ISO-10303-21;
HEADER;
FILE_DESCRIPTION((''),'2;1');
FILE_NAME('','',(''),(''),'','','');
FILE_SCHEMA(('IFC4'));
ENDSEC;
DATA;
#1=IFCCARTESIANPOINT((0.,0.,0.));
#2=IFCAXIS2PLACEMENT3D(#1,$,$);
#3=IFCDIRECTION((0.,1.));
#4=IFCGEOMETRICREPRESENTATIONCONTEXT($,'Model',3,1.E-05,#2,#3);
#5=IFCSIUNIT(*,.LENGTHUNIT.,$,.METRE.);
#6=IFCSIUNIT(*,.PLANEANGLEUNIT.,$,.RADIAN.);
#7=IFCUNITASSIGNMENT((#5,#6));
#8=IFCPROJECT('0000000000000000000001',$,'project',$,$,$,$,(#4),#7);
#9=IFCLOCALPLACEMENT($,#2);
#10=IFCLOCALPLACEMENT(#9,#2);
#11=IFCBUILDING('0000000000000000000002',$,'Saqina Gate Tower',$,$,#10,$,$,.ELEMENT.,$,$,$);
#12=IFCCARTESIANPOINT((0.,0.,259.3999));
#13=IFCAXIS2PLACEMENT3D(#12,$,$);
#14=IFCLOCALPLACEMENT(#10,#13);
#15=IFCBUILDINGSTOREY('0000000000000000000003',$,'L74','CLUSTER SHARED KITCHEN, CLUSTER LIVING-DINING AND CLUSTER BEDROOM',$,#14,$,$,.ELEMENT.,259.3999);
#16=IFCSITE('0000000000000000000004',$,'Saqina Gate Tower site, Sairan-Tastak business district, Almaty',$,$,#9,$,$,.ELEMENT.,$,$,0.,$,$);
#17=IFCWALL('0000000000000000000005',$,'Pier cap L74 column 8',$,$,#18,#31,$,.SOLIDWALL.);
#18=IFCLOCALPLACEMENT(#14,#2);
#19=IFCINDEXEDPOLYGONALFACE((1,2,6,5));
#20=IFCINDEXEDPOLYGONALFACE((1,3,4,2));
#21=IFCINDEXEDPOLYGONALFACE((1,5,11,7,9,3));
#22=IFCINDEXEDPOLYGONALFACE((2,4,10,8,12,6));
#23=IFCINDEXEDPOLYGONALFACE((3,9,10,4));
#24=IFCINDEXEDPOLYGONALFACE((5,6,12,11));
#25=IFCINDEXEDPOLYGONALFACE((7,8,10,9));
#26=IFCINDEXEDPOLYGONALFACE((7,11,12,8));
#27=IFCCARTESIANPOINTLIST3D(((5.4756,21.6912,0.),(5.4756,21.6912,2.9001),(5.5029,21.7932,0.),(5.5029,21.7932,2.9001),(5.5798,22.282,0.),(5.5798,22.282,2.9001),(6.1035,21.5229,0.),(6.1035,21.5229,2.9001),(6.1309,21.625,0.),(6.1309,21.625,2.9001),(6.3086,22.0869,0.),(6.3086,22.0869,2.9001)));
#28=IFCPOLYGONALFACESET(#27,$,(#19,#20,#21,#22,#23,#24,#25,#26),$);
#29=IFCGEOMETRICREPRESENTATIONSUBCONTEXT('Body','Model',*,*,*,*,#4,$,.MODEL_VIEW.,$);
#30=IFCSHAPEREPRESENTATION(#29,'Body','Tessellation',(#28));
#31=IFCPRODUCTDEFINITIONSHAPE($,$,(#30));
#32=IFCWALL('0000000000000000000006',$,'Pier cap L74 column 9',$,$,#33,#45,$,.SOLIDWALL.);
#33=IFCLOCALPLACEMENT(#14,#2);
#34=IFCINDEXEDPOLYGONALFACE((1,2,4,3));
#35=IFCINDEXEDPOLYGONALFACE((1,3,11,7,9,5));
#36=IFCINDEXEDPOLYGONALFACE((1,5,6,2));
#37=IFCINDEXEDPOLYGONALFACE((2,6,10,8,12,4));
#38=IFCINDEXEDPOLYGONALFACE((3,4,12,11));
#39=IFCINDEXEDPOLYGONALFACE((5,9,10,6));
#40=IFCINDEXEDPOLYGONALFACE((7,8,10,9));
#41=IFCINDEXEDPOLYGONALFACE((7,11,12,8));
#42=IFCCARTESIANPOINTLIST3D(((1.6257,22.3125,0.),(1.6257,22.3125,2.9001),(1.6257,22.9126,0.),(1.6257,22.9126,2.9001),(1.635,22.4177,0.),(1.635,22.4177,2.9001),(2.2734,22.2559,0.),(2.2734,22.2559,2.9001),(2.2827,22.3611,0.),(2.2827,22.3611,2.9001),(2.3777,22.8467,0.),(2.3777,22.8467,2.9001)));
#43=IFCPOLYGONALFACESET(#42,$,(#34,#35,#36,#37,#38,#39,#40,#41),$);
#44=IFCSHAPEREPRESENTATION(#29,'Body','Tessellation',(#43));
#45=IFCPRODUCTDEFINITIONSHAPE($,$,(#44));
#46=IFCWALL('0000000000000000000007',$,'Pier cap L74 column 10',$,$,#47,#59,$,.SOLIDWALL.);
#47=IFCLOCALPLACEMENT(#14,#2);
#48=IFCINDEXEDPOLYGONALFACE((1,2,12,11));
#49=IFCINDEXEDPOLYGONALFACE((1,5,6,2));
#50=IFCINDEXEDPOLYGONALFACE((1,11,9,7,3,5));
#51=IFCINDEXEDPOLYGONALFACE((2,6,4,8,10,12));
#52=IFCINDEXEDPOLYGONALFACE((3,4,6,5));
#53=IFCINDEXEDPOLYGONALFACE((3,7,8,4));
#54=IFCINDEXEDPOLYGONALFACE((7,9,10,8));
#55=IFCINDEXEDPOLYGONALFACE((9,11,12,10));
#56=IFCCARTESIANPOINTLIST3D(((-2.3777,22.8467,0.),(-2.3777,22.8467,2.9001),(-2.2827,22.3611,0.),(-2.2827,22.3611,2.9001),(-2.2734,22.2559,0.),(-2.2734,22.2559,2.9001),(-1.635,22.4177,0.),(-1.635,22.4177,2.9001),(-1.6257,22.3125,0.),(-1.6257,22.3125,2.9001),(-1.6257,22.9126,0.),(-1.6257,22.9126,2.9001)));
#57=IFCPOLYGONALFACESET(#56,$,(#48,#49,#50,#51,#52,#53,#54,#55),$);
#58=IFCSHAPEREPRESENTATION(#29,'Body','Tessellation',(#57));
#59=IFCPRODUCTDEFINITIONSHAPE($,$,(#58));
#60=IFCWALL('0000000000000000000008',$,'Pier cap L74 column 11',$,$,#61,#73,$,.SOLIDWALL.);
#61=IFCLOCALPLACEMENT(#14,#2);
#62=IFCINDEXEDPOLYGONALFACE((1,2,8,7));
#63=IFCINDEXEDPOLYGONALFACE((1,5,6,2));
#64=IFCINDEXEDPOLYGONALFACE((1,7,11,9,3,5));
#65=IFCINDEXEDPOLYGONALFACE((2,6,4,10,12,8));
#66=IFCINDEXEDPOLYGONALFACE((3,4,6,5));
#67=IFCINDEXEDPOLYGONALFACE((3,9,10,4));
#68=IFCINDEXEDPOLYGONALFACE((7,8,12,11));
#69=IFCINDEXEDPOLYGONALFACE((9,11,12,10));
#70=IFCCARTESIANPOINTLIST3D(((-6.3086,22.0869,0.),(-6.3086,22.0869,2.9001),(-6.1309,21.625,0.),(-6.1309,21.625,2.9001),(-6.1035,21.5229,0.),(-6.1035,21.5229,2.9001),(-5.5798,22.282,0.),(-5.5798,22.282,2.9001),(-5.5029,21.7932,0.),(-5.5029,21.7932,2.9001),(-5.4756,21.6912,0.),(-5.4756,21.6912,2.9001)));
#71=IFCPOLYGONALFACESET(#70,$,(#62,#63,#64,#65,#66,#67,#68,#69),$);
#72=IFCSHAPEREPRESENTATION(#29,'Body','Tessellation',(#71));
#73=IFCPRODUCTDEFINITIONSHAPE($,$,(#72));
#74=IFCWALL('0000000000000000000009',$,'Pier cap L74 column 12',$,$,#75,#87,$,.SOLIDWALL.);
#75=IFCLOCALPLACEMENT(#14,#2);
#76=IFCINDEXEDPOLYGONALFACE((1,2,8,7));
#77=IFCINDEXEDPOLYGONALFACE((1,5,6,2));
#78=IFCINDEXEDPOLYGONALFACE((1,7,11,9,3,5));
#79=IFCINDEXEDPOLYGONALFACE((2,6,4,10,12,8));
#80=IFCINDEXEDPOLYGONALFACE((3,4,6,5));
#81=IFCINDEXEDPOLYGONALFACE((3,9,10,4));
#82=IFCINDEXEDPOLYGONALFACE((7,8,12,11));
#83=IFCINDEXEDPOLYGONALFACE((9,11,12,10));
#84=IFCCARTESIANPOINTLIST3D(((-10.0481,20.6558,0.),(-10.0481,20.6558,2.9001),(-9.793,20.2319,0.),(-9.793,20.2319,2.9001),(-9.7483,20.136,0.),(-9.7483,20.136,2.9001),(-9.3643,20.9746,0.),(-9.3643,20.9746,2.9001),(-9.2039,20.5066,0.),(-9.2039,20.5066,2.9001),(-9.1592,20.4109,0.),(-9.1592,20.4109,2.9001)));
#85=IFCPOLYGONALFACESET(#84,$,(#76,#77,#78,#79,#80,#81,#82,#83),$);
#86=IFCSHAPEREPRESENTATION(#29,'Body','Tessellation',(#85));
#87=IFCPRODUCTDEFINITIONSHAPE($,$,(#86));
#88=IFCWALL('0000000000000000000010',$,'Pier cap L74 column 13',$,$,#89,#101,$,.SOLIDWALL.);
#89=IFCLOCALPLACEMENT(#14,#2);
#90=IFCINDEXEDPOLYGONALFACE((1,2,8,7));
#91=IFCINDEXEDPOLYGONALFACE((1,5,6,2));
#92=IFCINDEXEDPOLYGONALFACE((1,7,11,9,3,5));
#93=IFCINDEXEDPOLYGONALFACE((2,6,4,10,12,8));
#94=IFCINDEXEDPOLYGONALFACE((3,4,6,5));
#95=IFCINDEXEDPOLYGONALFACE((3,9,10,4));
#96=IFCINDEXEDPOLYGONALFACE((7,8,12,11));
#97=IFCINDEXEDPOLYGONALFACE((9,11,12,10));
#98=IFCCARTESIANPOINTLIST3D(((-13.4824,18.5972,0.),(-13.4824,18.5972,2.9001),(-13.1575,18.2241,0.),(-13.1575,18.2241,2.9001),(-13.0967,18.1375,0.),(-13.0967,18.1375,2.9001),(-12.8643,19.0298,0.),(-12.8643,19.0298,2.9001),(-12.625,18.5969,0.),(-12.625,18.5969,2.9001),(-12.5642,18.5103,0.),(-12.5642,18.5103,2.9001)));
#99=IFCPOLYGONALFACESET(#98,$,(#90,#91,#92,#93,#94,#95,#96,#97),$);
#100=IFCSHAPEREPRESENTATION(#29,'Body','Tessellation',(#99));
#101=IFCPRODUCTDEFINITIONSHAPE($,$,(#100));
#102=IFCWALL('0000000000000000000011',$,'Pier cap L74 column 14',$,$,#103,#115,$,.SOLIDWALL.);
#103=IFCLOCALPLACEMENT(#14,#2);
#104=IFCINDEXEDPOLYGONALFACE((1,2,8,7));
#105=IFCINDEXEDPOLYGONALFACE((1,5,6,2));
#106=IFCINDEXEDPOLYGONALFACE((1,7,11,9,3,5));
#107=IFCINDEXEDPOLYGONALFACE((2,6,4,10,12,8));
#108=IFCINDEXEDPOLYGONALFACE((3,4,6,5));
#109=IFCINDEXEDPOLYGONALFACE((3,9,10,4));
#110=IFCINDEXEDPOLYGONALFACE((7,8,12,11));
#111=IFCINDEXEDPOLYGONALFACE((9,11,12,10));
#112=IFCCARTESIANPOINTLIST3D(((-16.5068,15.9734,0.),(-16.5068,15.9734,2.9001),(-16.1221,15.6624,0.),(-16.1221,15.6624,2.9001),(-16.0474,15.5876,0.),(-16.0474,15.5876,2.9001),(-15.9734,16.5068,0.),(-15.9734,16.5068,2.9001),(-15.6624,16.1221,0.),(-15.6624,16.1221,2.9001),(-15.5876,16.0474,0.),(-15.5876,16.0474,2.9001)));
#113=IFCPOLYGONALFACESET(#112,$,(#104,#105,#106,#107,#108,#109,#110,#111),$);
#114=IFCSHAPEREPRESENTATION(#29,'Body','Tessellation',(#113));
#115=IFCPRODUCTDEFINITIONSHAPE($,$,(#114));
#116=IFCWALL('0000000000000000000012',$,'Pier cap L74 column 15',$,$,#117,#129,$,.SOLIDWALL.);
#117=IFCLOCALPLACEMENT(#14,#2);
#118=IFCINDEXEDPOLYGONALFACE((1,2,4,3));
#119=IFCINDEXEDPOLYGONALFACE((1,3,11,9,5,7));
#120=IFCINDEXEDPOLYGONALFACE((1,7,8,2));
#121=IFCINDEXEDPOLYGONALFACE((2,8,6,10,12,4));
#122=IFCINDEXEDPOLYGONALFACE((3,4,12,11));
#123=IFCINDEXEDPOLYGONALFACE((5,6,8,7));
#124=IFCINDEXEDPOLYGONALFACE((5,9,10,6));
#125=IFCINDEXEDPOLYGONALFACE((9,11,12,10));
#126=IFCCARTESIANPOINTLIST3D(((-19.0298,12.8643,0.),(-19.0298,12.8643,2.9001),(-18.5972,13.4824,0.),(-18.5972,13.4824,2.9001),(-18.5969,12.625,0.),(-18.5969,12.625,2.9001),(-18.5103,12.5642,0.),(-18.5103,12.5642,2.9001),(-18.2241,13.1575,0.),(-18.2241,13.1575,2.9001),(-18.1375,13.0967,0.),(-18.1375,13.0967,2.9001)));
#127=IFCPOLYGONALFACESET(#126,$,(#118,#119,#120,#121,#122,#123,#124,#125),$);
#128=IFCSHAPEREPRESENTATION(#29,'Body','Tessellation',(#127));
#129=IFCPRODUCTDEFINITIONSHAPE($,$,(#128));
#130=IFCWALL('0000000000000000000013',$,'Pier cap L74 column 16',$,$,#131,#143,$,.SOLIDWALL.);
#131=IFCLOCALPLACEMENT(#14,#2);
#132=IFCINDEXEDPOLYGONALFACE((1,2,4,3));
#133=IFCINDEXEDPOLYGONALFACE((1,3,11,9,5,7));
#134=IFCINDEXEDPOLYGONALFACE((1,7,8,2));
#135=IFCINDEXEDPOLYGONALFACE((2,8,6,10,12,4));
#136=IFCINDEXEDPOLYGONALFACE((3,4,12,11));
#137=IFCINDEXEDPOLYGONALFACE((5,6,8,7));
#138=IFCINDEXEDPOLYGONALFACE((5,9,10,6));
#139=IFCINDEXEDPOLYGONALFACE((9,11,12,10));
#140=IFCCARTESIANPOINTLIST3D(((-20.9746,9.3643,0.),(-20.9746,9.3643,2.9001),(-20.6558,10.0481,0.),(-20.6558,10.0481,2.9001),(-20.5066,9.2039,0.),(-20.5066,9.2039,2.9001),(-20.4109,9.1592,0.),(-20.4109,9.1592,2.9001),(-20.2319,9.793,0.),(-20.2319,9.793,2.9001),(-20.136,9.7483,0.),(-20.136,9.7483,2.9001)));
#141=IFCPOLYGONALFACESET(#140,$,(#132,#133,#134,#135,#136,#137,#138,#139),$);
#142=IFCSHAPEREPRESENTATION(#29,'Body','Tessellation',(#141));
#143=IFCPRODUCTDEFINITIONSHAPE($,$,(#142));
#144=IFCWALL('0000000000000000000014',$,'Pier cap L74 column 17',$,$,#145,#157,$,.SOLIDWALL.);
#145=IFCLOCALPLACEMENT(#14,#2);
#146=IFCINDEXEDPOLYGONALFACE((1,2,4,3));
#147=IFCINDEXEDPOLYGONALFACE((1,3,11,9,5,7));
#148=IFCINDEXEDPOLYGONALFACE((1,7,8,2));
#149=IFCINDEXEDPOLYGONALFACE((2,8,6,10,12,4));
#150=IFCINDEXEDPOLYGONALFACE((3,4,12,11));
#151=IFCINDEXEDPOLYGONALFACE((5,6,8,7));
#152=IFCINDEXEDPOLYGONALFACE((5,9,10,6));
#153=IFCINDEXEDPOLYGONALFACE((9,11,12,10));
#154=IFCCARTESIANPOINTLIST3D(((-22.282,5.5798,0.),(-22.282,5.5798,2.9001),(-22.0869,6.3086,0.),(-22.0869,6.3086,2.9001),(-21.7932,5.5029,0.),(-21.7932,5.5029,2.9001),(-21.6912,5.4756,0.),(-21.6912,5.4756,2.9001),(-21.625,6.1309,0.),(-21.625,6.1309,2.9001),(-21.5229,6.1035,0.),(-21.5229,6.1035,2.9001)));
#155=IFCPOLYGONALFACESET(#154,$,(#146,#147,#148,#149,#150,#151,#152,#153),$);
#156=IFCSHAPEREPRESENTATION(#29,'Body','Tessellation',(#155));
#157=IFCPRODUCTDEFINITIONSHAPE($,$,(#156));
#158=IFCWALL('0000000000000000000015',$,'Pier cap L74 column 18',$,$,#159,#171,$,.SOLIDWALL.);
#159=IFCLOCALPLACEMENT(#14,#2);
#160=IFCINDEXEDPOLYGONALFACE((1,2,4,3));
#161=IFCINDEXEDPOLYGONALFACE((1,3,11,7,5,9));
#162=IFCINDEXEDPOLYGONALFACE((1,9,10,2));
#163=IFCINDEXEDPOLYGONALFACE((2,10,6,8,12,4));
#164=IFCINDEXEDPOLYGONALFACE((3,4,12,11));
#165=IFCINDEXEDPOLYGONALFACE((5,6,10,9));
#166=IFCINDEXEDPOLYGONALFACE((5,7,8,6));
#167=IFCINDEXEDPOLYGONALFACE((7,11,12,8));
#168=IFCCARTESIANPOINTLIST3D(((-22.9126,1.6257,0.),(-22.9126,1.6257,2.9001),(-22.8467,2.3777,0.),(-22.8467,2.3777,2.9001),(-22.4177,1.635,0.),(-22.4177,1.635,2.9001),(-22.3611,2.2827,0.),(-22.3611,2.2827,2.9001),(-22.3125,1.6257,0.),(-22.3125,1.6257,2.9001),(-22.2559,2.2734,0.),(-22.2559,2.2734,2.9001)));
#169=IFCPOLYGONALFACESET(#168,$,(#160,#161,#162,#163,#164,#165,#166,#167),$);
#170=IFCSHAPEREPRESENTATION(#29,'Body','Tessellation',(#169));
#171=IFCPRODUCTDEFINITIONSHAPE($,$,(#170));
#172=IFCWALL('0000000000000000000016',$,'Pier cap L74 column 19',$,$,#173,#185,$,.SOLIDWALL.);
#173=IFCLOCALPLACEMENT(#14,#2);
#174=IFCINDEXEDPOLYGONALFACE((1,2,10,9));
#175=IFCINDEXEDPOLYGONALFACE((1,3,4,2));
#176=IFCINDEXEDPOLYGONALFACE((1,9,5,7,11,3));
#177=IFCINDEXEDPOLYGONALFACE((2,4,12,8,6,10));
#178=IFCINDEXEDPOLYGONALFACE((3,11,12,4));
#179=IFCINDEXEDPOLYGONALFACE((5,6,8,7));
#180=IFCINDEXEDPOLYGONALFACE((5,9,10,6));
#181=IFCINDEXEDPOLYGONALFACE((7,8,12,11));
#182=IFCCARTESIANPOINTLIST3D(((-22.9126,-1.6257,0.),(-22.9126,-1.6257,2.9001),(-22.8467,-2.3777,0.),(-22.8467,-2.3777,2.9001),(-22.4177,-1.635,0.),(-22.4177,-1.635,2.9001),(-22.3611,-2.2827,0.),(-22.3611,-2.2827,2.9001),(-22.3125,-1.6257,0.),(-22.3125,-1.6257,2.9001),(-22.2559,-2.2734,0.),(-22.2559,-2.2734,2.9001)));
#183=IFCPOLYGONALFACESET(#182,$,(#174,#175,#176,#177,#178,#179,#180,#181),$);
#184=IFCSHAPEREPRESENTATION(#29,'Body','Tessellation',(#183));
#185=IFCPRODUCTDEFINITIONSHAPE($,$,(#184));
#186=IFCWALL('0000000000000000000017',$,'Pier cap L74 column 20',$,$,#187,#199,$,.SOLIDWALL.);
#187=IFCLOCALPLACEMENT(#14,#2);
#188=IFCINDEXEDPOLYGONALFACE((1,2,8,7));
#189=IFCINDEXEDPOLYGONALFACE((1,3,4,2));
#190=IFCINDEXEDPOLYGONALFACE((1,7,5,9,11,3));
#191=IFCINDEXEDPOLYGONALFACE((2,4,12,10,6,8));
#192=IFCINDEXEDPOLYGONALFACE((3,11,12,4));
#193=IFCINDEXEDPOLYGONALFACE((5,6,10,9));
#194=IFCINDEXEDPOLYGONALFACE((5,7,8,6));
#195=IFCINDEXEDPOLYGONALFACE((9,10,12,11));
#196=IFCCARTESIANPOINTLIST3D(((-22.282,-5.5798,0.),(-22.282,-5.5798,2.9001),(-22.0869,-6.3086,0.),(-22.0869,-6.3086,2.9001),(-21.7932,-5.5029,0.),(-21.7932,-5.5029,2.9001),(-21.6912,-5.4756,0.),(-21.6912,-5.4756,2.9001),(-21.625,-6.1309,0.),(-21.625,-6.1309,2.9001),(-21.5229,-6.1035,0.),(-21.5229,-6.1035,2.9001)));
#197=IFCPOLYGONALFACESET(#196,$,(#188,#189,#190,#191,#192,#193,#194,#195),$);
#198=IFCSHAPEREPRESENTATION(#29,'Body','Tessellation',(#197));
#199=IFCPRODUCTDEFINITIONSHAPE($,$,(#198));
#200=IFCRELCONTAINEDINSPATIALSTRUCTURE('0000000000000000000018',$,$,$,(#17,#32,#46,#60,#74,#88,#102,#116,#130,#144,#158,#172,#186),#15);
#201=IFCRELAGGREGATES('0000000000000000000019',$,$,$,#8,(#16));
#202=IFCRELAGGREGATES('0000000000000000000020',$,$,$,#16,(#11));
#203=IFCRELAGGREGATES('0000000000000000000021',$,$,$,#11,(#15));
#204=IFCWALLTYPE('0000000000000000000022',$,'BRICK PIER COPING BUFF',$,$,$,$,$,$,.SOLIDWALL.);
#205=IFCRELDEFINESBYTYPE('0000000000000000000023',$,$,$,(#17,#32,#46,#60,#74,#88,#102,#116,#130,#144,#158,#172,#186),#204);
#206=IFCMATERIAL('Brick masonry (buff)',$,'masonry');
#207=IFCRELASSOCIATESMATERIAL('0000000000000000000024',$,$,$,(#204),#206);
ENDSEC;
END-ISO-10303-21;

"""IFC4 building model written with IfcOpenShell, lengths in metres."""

from ifc_helpers import new_model, si_unit, direction, frame, origin, place, context, subcontext, project, spatial, polyline, outline, extrude, material, type_object, element, save


model = new_model("IFC4")

# Units and contexts
model_context = context("Model", 3, precision=1e-05, world=origin(), true_north=direction((0.0, 1.0)))
body_context = subcontext(model_context, "Body", "Model", "MODEL_VIEW")
ifc_project = project(units=[si_unit("LENGTHUNIT", "METRE"), si_unit("PLANEANGLEUNIT", "RADIAN")], contexts=[model_context])

# Site, building, storey
site_placement = place(None, origin())
site = spatial("IfcSite", under=ifc_project, at=site_placement, Name="Saqina Gate Tower site, Sairan-Tastak business district, Almaty", CompositionType="ELEMENT", RefElevation=0.0)
building_placement = place(site_placement, origin())
building = spatial("IfcBuilding", under=site, at=building_placement, Name="Saqina Gate Tower", CompositionType="ELEMENT")
storey_placement = place(building_placement, frame((0.0, 0.0, 259.3999)))
storey = spatial("IfcBuildingStorey", under=building, at=storey_placement, Name="L74", Description="CLUSTER SHARED KITCHEN, CLUSTER LIVING-DINING AND CLUSTER BEDROOM", CompositionType="ELEMENT", Elevation=259.3999)

# Walls
ifc_material = material(Name="Brick masonry (buff)", Category="masonry")
wall_type = type_object("IfcWallType", Name="BRICK PIER COPING BUFF", PredefinedType="SOLIDWALL", material=ifc_material)
wall_1_placement = place(storey_placement, origin())
element("IfcWall", 1, at=wall_1_placement, inside=storey, type_object=wall_type, Name="Pier cap L74 column 8", PredefinedType="SOLIDWALL", context=body_context, shape_type="SweptSolid", body=[
    extrude(outline(polyline([(5.5798, 22.282), (5.4756, 21.6912), (5.5029, 21.7932), (6.1309, 21.625), (6.1035, 21.5229), (6.3086, 22.0869), (5.5798, 22.282)])), origin(), (0.0, 0.0, 1.0), 2.9001),
])
wall_2_placement = place(storey_placement, origin())
element("IfcWall", 2, at=wall_2_placement, inside=storey, type_object=wall_type, Name="Pier cap L74 column 9", PredefinedType="SOLIDWALL", context=body_context, shape_type="SweptSolid", body=[
    extrude(outline(polyline([(2.3777, 22.8467), (1.6257, 22.9126), (1.6257, 22.3125), (1.635, 22.4177), (2.2827, 22.3611), (2.2734, 22.2559), (2.3777, 22.8467)])), origin(), (0.0, 0.0, 1.0), 2.9001),
])
wall_3_placement = place(storey_placement, origin())
element("IfcWall", 3, at=wall_3_placement, inside=storey, type_object=wall_type, Name="Pier cap L74 column 10", PredefinedType="SOLIDWALL", context=body_context, shape_type="SweptSolid", body=[
    extrude(outline(polyline([(-1.6257, 22.9126), (-2.3777, 22.8467), (-2.2734, 22.2559), (-2.2827, 22.3611), (-1.635, 22.4177), (-1.6257, 22.3125), (-1.6257, 22.9126)])), origin(), (0.0, 0.0, 1.0), 2.9001),
])
wall_4_placement = place(storey_placement, origin())
element("IfcWall", 4, at=wall_4_placement, inside=storey, type_object=wall_type, Name="Pier cap L74 column 11", PredefinedType="SOLIDWALL", context=body_context, shape_type="SweptSolid", body=[
    extrude(outline(polyline([(-6.3086, 22.0869), (-6.1035, 21.5229), (-6.1309, 21.625), (-5.5029, 21.7932), (-5.4756, 21.6912), (-5.5798, 22.282), (-6.3086, 22.0869)])), origin(), (0.0, 0.0, 1.0), 2.9001),
])
wall_5_placement = place(storey_placement, origin())
element("IfcWall", 5, at=wall_5_placement, inside=storey, type_object=wall_type, Name="Pier cap L74 column 12", PredefinedType="SOLIDWALL", context=body_context, shape_type="SweptSolid", body=[
    extrude(outline(polyline([(-9.3643, 20.9746), (-10.0481, 20.6558), (-9.7483, 20.136), (-9.793, 20.2319), (-9.2039, 20.5066), (-9.1592, 20.4109), (-9.3643, 20.9746)])), origin(), (0.0, 0.0, 1.0), 2.9001),
])
wall_6_placement = place(storey_placement, origin())
element("IfcWall", 6, at=wall_6_placement, inside=storey, type_object=wall_type, Name="Pier cap L74 column 13", PredefinedType="SOLIDWALL", context=body_context, shape_type="SweptSolid", body=[
    extrude(outline(polyline([(-12.8643, 19.0298), (-13.4824, 18.5972), (-13.0967, 18.1375), (-13.1575, 18.2241), (-12.625, 18.5969), (-12.5642, 18.5103), (-12.8643, 19.0298)])), origin(), (0.0, 0.0, 1.0), 2.9001),
])
wall_7_placement = place(storey_placement, origin())
element("IfcWall", 7, at=wall_7_placement, inside=storey, type_object=wall_type, Name="Pier cap L74 column 14", PredefinedType="SOLIDWALL", context=body_context, shape_type="SweptSolid", body=[
    extrude(outline(polyline([(-16.5068, 15.9734), (-16.0474, 15.5876), (-16.1221, 15.6624), (-15.6624, 16.1221), (-15.5876, 16.0474), (-15.9734, 16.5068), (-16.5068, 15.9734)])), origin(), (0.0, 0.0, 1.0), 2.9001),
])
wall_8_placement = place(storey_placement, origin())
element("IfcWall", 8, at=wall_8_placement, inside=storey, type_object=wall_type, Name="Pier cap L74 column 15", PredefinedType="SOLIDWALL", context=body_context, shape_type="SweptSolid", body=[
    extrude(outline(polyline([(-19.0298, 12.8643), (-18.5103, 12.5642), (-18.5969, 12.625), (-18.2241, 13.1575), (-18.1375, 13.0967), (-18.5972, 13.4824), (-19.0298, 12.8643)])), origin(), (0.0, 0.0, 1.0), 2.9001),
])
wall_9_placement = place(storey_placement, origin())
element("IfcWall", 9, at=wall_9_placement, inside=storey, type_object=wall_type, Name="Pier cap L74 column 16", PredefinedType="SOLIDWALL", context=body_context, shape_type="SweptSolid", body=[
    extrude(outline(polyline([(-20.6558, 10.0481), (-20.9746, 9.3643), (-20.4109, 9.1592), (-20.5066, 9.2039), (-20.2319, 9.793), (-20.136, 9.7483), (-20.6558, 10.0481)])), origin(), (0.0, 0.0, 1.0), 2.9001),
])
wall_10_placement = place(storey_placement, origin())
element("IfcWall", 10, at=wall_10_placement, inside=storey, type_object=wall_type, Name="Pier cap L74 column 17", PredefinedType="SOLIDWALL", context=body_context, shape_type="SweptSolid", body=[
    extrude(outline(polyline([(-22.282, 5.5798), (-21.6912, 5.4756), (-21.7932, 5.5029), (-21.625, 6.1309), (-21.5229, 6.1035), (-22.0869, 6.3086), (-22.282, 5.5798)])), origin(), (0.0, 0.0, 1.0), 2.9001),
])
wall_11_placement = place(storey_placement, origin())
element("IfcWall", 11, at=wall_11_placement, inside=storey, type_object=wall_type, Name="Pier cap L74 column 18", PredefinedType="SOLIDWALL", context=body_context, shape_type="SweptSolid", body=[
    extrude(outline(polyline([(-22.8467, 2.3777), (-22.9126, 1.6257), (-22.3125, 1.6257), (-22.4177, 1.635), (-22.3611, 2.2827), (-22.2559, 2.2734), (-22.8467, 2.3777)])), origin(), (0.0, 0.0, 1.0), 2.9001),
])
wall_12_placement = place(storey_placement, origin())
element("IfcWall", 12, at=wall_12_placement, inside=storey, type_object=wall_type, Name="Pier cap L74 column 19", PredefinedType="SOLIDWALL", context=body_context, shape_type="SweptSolid", body=[
    extrude(outline(polyline([(-22.9126, -1.6257), (-22.8467, -2.3777), (-22.2559, -2.2734), (-22.3611, -2.2827), (-22.4177, -1.635), (-22.3125, -1.6257), (-22.9126, -1.6257)])), origin(), (0.0, 0.0, 1.0), 2.9001),
])
wall_13_placement = place(storey_placement, origin())
element("IfcWall", 13, at=wall_13_placement, inside=storey, type_object=wall_type, Name="Pier cap L74 column 20", PredefinedType="SOLIDWALL", context=body_context, shape_type="SweptSolid", body=[
    extrude(outline(polyline([(-22.0869, -6.3086), (-21.5229, -6.1035), (-21.625, -6.1309), (-21.7932, -5.5029), (-21.6912, -5.4756), (-22.282, -5.5798), (-22.0869, -6.3086)])), origin(), (0.0, 0.0, 1.0), 2.9001),
])

save(model, "model.ifc")
